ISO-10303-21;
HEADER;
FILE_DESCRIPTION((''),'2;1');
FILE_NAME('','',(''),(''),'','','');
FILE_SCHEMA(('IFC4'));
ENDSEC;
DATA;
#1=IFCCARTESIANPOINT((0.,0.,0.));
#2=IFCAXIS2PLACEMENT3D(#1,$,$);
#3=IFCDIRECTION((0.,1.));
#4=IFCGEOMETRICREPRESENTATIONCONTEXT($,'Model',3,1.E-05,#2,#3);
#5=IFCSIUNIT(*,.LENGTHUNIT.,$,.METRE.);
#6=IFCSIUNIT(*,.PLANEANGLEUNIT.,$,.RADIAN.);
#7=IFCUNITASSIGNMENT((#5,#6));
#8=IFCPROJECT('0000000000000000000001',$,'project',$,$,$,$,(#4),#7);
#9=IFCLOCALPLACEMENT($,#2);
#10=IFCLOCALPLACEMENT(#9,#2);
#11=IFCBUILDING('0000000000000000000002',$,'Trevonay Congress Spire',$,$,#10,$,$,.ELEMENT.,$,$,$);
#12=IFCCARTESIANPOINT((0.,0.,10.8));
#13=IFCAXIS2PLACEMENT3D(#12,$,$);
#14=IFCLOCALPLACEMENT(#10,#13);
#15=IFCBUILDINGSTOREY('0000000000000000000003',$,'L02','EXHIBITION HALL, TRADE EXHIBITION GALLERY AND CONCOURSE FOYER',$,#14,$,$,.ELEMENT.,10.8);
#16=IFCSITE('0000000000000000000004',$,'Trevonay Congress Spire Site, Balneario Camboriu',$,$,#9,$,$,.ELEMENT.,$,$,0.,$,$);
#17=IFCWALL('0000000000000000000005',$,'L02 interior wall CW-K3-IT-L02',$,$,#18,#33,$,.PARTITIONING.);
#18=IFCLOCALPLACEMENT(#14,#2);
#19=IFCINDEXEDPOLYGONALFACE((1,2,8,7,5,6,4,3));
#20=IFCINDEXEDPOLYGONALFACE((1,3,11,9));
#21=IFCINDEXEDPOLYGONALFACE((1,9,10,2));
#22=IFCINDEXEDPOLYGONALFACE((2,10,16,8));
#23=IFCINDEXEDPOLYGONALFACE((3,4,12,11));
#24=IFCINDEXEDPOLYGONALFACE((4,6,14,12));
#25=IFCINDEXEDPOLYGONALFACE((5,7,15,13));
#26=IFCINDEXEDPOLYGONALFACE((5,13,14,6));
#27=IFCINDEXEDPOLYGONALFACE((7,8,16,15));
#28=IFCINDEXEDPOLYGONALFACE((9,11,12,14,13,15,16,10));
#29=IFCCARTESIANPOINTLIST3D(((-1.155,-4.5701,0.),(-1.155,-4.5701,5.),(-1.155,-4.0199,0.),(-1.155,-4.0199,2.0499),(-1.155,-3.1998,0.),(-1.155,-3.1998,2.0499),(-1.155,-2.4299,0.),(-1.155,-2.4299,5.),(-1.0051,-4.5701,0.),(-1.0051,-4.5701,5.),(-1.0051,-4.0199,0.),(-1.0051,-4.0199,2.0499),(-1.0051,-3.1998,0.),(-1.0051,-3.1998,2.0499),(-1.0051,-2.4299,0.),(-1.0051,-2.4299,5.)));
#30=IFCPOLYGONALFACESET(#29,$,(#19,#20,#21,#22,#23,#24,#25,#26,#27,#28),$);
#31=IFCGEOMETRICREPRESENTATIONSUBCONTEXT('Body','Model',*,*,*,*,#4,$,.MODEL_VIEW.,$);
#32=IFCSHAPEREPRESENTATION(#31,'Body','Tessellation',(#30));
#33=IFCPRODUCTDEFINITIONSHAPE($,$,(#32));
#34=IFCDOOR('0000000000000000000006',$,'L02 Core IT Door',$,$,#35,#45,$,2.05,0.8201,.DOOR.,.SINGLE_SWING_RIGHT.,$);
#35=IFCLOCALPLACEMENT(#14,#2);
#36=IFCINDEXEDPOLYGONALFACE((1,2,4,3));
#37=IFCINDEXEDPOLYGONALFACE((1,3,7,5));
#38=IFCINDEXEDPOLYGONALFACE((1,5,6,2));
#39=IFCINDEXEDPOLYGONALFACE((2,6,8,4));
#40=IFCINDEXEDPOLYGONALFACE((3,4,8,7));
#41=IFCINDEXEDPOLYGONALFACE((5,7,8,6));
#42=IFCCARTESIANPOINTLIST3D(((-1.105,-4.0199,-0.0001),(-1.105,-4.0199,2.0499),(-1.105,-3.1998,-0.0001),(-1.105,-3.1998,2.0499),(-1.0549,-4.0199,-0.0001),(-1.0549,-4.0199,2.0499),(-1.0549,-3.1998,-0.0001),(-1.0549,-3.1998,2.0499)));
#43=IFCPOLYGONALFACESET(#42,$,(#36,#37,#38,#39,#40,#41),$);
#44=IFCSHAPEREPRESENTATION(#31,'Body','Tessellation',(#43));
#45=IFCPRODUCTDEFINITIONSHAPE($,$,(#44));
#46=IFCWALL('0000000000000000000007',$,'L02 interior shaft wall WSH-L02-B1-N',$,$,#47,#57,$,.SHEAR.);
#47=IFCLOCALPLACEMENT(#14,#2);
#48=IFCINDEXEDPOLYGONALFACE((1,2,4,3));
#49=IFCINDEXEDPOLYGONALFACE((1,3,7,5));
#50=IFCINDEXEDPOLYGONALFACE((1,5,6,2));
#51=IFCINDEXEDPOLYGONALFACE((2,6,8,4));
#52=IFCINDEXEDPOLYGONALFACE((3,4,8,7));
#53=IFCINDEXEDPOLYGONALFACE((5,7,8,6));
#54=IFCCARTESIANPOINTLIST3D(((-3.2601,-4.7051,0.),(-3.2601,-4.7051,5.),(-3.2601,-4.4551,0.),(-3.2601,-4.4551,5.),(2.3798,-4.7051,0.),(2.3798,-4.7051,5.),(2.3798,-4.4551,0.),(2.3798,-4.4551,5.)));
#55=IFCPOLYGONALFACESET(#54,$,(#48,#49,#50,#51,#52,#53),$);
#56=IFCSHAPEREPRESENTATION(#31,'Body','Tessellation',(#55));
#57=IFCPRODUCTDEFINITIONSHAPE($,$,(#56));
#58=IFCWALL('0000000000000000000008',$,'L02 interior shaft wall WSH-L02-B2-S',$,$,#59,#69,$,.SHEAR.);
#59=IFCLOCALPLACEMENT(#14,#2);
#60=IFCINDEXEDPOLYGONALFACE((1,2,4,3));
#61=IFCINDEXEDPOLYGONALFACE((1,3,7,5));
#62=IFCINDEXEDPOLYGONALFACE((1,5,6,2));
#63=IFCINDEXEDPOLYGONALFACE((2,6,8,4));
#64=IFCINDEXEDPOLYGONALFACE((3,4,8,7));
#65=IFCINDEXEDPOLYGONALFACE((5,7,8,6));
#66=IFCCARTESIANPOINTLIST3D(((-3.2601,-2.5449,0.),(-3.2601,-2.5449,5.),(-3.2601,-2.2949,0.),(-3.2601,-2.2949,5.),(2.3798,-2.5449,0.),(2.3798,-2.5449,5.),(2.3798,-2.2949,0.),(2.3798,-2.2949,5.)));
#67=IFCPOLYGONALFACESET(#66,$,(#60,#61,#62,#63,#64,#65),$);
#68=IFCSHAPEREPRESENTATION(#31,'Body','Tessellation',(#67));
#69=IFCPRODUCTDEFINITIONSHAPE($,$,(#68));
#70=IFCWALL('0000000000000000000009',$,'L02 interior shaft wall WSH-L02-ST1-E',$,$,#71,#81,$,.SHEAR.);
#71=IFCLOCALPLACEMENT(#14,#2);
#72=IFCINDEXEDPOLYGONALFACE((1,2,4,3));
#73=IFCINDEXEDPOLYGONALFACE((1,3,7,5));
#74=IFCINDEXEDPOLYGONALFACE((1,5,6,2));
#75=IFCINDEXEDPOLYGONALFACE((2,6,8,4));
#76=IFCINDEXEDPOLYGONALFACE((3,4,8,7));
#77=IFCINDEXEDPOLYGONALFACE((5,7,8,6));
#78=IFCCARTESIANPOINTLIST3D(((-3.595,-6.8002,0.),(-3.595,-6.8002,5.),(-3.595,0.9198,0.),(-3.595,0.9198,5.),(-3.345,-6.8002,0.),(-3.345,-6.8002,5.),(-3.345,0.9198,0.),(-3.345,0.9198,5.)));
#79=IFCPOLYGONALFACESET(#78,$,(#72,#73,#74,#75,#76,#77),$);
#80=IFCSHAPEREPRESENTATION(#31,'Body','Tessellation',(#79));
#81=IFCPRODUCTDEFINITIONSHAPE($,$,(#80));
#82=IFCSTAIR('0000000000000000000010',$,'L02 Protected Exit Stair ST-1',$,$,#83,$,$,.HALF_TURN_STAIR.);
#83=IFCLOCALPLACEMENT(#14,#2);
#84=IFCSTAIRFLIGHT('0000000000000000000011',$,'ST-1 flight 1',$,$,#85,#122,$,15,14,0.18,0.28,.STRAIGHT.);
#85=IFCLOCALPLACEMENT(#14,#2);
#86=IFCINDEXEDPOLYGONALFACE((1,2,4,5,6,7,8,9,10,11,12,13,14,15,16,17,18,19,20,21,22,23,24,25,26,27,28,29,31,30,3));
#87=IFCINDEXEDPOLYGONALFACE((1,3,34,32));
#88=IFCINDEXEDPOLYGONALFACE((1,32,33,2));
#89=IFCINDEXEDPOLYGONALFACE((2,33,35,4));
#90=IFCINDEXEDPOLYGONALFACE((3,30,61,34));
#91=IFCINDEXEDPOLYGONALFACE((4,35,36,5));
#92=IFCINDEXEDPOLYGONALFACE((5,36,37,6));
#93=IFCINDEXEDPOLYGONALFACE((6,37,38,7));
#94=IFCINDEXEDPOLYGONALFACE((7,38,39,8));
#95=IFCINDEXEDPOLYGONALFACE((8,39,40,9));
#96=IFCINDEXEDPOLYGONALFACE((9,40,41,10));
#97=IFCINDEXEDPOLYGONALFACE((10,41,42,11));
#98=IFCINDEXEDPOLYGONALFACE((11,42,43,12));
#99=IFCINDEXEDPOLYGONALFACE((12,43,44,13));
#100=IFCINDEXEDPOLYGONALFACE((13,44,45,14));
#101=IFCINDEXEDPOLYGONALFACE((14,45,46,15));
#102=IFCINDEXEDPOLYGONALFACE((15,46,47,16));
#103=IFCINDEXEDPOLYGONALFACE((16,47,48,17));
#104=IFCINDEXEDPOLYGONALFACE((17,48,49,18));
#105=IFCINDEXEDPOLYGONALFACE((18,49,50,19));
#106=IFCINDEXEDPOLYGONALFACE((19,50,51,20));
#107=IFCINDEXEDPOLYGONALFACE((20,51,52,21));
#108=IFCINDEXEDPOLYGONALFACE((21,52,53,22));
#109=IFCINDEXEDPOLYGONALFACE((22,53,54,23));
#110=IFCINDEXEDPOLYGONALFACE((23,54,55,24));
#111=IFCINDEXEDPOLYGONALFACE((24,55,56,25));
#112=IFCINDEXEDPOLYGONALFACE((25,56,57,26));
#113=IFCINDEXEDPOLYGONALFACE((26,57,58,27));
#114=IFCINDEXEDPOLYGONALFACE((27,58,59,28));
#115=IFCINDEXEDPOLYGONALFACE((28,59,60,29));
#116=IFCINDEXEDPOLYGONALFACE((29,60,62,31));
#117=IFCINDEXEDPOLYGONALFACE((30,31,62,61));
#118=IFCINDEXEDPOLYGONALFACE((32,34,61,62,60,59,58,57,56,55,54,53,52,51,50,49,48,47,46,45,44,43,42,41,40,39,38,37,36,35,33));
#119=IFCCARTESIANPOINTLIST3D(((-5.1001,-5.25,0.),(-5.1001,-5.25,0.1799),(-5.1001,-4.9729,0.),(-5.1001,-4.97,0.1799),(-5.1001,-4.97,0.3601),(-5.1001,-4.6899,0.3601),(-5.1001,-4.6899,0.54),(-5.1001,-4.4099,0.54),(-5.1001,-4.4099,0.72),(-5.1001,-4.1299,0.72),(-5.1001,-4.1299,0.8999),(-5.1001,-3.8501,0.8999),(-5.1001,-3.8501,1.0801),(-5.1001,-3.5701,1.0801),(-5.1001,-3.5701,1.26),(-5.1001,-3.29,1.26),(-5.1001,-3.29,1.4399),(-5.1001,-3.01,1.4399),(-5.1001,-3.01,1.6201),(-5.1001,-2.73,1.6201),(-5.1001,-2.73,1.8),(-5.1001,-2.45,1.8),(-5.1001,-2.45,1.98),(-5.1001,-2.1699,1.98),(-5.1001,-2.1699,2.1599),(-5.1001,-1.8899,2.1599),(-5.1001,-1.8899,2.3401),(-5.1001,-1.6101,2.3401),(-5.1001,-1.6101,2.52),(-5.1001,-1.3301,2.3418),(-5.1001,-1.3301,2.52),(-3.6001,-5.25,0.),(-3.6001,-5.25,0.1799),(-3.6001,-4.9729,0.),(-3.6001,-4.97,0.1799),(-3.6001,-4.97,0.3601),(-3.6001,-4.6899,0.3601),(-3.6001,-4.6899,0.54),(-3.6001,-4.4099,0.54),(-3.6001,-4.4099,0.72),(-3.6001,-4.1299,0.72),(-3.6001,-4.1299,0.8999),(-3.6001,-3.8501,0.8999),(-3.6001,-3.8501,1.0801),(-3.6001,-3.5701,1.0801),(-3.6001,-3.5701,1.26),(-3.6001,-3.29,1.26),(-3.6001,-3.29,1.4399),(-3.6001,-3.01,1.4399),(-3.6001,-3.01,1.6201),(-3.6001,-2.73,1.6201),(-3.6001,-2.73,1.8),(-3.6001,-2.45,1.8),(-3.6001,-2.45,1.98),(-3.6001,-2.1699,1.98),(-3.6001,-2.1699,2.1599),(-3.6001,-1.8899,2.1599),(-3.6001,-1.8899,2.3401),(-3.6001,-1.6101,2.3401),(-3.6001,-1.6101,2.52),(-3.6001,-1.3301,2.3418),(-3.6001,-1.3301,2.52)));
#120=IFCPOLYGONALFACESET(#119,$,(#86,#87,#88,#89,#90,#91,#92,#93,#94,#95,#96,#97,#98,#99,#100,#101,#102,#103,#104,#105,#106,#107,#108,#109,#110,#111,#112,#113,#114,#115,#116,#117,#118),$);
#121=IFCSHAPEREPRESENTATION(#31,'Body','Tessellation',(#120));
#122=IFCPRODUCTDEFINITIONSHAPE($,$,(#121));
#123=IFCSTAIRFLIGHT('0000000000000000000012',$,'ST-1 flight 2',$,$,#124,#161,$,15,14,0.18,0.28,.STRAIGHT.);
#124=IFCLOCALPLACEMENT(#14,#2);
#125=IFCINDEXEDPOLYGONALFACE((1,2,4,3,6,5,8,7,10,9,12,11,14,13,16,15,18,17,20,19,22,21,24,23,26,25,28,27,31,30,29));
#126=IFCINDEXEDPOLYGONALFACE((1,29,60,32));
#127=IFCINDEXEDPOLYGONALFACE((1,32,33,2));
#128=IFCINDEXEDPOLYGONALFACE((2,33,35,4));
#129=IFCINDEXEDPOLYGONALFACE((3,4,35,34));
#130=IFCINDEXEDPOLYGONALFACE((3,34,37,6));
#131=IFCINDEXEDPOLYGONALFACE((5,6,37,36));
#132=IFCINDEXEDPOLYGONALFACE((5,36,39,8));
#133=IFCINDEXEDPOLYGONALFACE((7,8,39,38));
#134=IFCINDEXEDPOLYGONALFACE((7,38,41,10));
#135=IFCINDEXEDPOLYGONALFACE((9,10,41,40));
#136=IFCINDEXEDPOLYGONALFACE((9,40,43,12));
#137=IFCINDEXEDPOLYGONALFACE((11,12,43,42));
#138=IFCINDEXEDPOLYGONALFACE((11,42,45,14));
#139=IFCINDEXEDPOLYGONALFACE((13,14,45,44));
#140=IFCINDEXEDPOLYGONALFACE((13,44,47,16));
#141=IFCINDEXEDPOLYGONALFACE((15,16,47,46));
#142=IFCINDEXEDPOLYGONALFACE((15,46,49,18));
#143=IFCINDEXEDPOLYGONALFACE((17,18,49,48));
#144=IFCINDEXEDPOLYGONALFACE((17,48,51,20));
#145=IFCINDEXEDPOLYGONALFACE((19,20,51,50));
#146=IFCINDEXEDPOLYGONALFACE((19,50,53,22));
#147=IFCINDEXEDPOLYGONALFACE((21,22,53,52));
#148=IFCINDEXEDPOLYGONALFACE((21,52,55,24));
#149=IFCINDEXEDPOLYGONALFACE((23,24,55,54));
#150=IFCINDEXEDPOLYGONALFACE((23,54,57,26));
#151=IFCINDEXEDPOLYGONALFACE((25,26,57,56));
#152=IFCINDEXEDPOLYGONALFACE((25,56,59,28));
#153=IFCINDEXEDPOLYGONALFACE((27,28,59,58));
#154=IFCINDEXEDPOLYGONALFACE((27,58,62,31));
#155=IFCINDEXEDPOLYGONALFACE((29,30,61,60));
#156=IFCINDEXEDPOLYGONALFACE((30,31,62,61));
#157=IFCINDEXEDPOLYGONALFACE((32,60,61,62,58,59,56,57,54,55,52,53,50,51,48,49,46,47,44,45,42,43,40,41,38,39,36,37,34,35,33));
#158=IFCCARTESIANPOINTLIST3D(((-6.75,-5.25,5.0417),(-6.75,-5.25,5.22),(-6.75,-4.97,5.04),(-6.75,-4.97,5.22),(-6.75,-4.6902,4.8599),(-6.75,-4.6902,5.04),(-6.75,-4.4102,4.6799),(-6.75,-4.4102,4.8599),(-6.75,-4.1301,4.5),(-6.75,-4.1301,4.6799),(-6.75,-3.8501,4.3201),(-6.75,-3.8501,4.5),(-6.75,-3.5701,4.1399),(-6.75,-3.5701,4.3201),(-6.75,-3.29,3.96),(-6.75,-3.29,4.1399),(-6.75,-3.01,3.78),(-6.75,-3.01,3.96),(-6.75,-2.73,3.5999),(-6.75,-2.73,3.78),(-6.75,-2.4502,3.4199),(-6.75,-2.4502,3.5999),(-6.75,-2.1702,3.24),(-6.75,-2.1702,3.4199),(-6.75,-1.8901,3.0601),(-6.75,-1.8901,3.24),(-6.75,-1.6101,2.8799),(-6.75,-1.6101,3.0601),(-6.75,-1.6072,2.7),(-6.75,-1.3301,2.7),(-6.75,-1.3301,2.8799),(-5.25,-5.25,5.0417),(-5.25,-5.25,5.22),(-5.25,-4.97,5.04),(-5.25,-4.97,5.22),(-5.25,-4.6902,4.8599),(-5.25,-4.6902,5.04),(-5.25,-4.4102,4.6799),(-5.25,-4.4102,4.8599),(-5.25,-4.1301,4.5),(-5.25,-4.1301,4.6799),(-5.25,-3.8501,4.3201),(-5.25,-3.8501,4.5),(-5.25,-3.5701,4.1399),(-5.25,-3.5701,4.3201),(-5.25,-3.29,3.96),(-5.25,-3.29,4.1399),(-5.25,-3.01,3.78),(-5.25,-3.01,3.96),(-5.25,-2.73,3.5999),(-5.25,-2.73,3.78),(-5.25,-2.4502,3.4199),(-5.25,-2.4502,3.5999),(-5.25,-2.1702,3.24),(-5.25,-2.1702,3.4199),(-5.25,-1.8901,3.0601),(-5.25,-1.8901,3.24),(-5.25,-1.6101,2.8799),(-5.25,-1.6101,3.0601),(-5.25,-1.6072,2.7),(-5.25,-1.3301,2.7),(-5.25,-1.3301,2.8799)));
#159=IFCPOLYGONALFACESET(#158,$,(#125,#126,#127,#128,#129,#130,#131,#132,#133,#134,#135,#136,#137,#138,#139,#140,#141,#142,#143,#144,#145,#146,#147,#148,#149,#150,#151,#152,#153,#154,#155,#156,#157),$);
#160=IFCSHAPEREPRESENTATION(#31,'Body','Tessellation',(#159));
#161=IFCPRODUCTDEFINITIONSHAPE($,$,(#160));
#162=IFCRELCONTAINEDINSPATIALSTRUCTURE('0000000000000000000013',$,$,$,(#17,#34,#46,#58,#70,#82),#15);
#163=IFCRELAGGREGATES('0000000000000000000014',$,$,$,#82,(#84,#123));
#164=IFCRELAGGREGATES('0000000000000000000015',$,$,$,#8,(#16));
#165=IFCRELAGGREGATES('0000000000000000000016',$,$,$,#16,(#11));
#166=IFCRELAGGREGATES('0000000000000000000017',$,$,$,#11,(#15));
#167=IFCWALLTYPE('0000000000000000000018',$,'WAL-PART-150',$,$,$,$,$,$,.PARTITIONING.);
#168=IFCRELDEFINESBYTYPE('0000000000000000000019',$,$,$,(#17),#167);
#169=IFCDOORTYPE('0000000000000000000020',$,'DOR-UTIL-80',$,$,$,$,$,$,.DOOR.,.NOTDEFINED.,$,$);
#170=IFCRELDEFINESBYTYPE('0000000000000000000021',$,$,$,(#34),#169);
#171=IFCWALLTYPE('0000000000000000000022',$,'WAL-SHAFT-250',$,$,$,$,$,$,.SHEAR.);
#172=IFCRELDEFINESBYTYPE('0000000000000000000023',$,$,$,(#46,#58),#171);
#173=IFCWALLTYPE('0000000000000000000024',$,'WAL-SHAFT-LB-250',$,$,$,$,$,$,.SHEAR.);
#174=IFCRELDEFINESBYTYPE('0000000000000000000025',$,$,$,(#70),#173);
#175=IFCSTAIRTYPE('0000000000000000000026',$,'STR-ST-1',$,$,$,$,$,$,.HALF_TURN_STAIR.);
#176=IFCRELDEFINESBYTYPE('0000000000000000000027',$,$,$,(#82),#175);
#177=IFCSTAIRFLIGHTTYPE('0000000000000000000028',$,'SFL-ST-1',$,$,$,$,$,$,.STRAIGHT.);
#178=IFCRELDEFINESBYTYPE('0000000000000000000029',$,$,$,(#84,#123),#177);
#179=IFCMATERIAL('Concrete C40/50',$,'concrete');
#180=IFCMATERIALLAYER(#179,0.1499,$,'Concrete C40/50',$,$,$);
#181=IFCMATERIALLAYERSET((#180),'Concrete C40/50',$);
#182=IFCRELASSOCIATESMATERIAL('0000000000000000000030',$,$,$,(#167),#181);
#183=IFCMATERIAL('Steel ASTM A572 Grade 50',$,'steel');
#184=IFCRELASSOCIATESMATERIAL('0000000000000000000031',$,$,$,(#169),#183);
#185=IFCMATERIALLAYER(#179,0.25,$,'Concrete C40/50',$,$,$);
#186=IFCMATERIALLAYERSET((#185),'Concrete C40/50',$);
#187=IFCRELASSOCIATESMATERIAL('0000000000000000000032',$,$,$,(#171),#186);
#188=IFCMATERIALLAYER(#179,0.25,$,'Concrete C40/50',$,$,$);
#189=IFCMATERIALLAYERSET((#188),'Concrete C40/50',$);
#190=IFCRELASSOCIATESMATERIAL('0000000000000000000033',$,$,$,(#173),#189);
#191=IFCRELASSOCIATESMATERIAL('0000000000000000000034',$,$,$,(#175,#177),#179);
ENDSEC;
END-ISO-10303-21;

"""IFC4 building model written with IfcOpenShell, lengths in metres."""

from ifc_helpers import new_model, si_unit, direction, frame, frame_2d, origin, place, context, subcontext, project, spatial, polyline, rectangle, outline, extrude, material, layer, layer_set, type_object, element, fill, aggregate, save


model = new_model("IFC4")

# Units and contexts
model_context = context("Model", 3, precision=1e-05, world=origin(), true_north=direction((0.0, 1.0)))
body_context = subcontext(model_context, "Body", "Model", "MODEL_VIEW")
ifc_project = project(units=[si_unit("LENGTHUNIT", "METRE"), si_unit("PLANEANGLEUNIT", "RADIAN")], contexts=[model_context])

# Site, building, storey
site_placement = place(None, origin())
site = spatial("IfcSite", under=ifc_project, at=site_placement, Name="Trevonay Congress Spire Site, Balneario Camboriu", CompositionType="ELEMENT", RefElevation=0.0)
building_placement = place(site_placement, origin())
building = spatial("IfcBuilding", under=site, at=building_placement, Name="Trevonay Congress Spire", CompositionType="ELEMENT")
storey_placement = place(building_placement, frame((0.0, 0.0, 10.8)))
storey = spatial("IfcBuildingStorey", under=building, at=storey_placement, Name="L02", Description="EXHIBITION HALL, TRADE EXHIBITION GALLERY AND CONCOURSE FOYER", CompositionType="ELEMENT", Elevation=10.8)

# Shared definitions
ifc_material_1 = material(Name="Steel ASTM A572 Grade 50", Category="steel")

# Wall, opening, door
ifc_material_2 = material(Name="Concrete C40/50", Category="concrete")
ifc_layer_1 = layer(ifc_material_2, 0.1499, Name="Concrete C40/50")
ifc_layer_set_1 = layer_set([ifc_layer_1], Name="Concrete C40/50")
wall_type_1 = type_object("IfcWallType", Name="WAL-PART-150", PredefinedType="PARTITIONING", material=ifc_layer_set_1)
wall_1_placement = place(storey_placement, frame((-1.0801, -4.5701, 0.0), z_axis=(0.0, 0.0, 1.0), x_axis=(0.0, 1.0, 0.0)))
wall_1 = element("IfcWall", 1, at=wall_1_placement, inside=storey, type_object=wall_type_1, Name="L02 interior wall CW-K3-IT-L02", PredefinedType="PARTITIONING", context=body_context, shape_type="SweptSolid", body=[
    extrude(rectangle(XDim=2.1401, YDim=0.1499, at=frame_2d((1.0701, 0.0))), origin(), (0.0, 0.0, 1.0), 5.0),
])
opening_1_placement = place(wall_1_placement, frame((0.55, 0.0, 0.0)))
opening_1 = element("IfcOpeningElement", 2, at=opening_1_placement, cuts=wall_1, PredefinedType="OPENING", context=body_context, shape_type="SweptSolid", body=[
    extrude(rectangle(XDim=0.8201, YDim=2.05, at=frame_2d((0.4102, 1.0249))), frame((0.0, 0.085, 0.0), z_axis=(0.0, -1.0, 0.0), x_axis=(1.0, 0.0, 0.0)), (0.0, 0.0, 1.0), 0.1699),
])
door_type_1 = type_object("IfcDoorType", Name="DOR-UTIL-80", OperationType="NOTDEFINED", PredefinedType="DOOR", material=ifc_material_1)
door_1_placement = place(opening_1_placement, origin())
door_1 = element("IfcDoor", 3, at=door_1_placement, inside=storey, type_object=door_type_1, Name="L02 Core IT Door", OperationType="SINGLE_SWING_RIGHT", OverallHeight=2.05, OverallWidth=0.8201, PredefinedType="DOOR", context=body_context, shape_type="SweptSolid", body=[
    extrude(rectangle(XDim=0.8201, YDim=2.05, at=frame_2d((0.4102, 1.0249))), frame((0.0, 0.0249, 0.0), z_axis=(0.0, -1.0, 0.0), x_axis=(1.0, 0.0, 0.0)), (0.0, 0.0, 1.0), 0.05),
])
fill(opening_1, door_1)

# Walls
ifc_layer_2 = layer(ifc_material_2, 0.25, Name="Concrete C40/50")
ifc_layer_set_2 = layer_set([ifc_layer_2], Name="Concrete C40/50")
wall_type_2 = type_object("IfcWallType", Name="WAL-SHAFT-250", PredefinedType="SHEAR", material=ifc_layer_set_2)
for number, where, z_axis, x_axis, name in (
    (4, (-3.26, -4.5801, 0.0), (0.0, 0.0, 1.0), (1.0, 0.0, 0.0), "L02 interior shaft wall WSH-L02-B1-N"),
    (5, (-3.26, -2.4199, 0.0), (0.0, 0.0, 1.0), (1.0, 0.0, 0.0), "L02 interior shaft wall WSH-L02-B2-S"),
):
    element("IfcWall", number, at=place(storey_placement, frame(where, z_axis=z_axis, x_axis=x_axis)), inside=storey, type_object=wall_type_2, Name=name, PredefinedType="SHEAR", context=body_context, shape_type="SweptSolid", body=[
        extrude(rectangle(XDim=5.6399, YDim=0.25, at=frame_2d((2.8198, 0.0))), origin(), (0.0, 0.0, 1.0), 5.0),
    ])
ifc_layer_3 = layer(ifc_material_2, 0.25, Name="Concrete C40/50")
ifc_layer_set_3 = layer_set([ifc_layer_3], Name="Concrete C40/50")
wall_type_3 = type_object("IfcWallType", Name="WAL-SHAFT-LB-250", PredefinedType="SHEAR", material=ifc_layer_set_3)
wall_2_placement = place(storey_placement, frame((-3.47, -6.8, 0.0), z_axis=(0.0, 0.0, 1.0), x_axis=(0.0, 1.0, 0.0)))
element("IfcWall", 6, at=wall_2_placement, inside=storey, type_object=wall_type_3, Name="L02 interior shaft wall WSH-L02-ST1-E", PredefinedType="SHEAR", context=body_context, shape_type="SweptSolid", body=[
    extrude(rectangle(XDim=7.72, YDim=0.25, at=frame_2d((3.8599, 0.0))), origin(), (0.0, 0.0, 1.0), 5.0),
])

# Stair, stair flights
stair_type = type_object("IfcStairType", Name="STR-ST-1", PredefinedType="HALF_TURN_STAIR", material=ifc_material_2)
stair_placement = place(storey_placement, origin())
stair = element("IfcStair", 7, at=stair_placement, inside=storey, type_object=stair_type, Name="L02 Protected Exit Stair ST-1", PredefinedType="HALF_TURN_STAIR")
stair_flight_type = type_object("IfcStairFlightType", Name="SFL-ST-1", PredefinedType="STRAIGHT", material=ifc_material_2)
stair_flight_1_placement = place(storey_placement, frame((-4.3501, -5.25, 0.0), z_axis=(0.0, 0.0, 1.0), x_axis=(0.0, 1.0, 0.0)))
stair_flight_1 = element("IfcStairFlight", 8, at=stair_flight_1_placement, type_object=stair_flight_type, Name="ST-1 flight 1", NumberOfRisers=15, NumberOfTreads=14, PredefinedType="STRAIGHT", RiserHeight=0.18, TreadLength=0.28, context=body_context, shape_type="SweptSolid", body=[
    extrude(outline(polyline([(0.0, 0.0), (0.0, 0.1799), (0.28, 0.1799), (0.28, 0.3601), (0.5601, 0.3601), (0.5601, 0.54), (0.8401, 0.54), (0.8401, 0.72), (1.1201, 0.72), (1.1201, 0.8999), (1.3999, 0.8999), (1.3999, 1.0801), (1.6799, 1.0801), (1.6799, 1.26), (1.96, 1.26), (1.96, 1.4399), (2.24, 1.4399), (2.24, 1.6201), (2.52, 1.6201), (2.52, 1.8), (2.8, 1.8), (2.8, 1.98), (3.0801, 1.98), (3.0801, 2.1599), (3.3601, 2.1599), (3.3601, 2.3401), (3.6399, 2.3401), (3.6399, 2.52), (3.9199, 2.52), (3.9199, 2.7), (3.9199, 2.3418), (0.2771, 0.0), (0.0, 0.0)])), frame((0.0, 0.75, 0.0), z_axis=(0.0, -1.0, 0.0), x_axis=(1.0, 0.0, 0.0)), (0.0, 0.0, 1.0), 1.5),
])
stair_flight_2_placement = place(storey_placement, frame((-6.0, -1.3301, 2.7), z_axis=(0.0, 0.0, 1.0), x_axis=(0.0, -1.0, 0.0)))
stair_flight_2 = element("IfcStairFlight", 9, at=stair_flight_2_placement, type_object=stair_flight_type, Name="ST-1 flight 2", NumberOfRisers=15, NumberOfTreads=14, PredefinedType="STRAIGHT", RiserHeight=0.18, TreadLength=0.28, context=body_context, shape_type="SweptSolid", body=[
    extrude(outline(polyline([(0.0, 0.0), (0.0, 0.1799), (0.28, 0.1799), (0.28, 0.3601), (0.5601, 0.3601), (0.5601, 0.54), (0.8401, 0.54), (0.8401, 0.72), (1.1201, 0.72), (1.1201, 0.8999), (1.3999, 0.8999), (1.3999, 1.0801), (1.6799, 1.0801), (1.6799, 1.26), (1.96, 1.26), (1.96, 1.4399), (2.24, 1.4399), (2.24, 1.6201), (2.52, 1.6201), (2.52, 1.8), (2.8, 1.8), (2.8, 1.98), (3.0801, 1.98), (3.0801, 2.1599), (3.3601, 2.1599), (3.3601, 2.3401), (3.6399, 2.3401), (3.6399, 2.52), (3.9199, 2.52), (3.9199, 2.7), (3.9199, 2.3418), (0.2771, 0.0), (0.0, 0.0)])), frame((0.0, 0.75, 0.0), z_axis=(0.0, -1.0, 0.0), x_axis=(1.0, 0.0, 0.0)), (0.0, 0.0, 1.0), 1.5),
])
aggregate(stair, [stair_flight_1, stair_flight_2])

save(model, "model.ifc")
